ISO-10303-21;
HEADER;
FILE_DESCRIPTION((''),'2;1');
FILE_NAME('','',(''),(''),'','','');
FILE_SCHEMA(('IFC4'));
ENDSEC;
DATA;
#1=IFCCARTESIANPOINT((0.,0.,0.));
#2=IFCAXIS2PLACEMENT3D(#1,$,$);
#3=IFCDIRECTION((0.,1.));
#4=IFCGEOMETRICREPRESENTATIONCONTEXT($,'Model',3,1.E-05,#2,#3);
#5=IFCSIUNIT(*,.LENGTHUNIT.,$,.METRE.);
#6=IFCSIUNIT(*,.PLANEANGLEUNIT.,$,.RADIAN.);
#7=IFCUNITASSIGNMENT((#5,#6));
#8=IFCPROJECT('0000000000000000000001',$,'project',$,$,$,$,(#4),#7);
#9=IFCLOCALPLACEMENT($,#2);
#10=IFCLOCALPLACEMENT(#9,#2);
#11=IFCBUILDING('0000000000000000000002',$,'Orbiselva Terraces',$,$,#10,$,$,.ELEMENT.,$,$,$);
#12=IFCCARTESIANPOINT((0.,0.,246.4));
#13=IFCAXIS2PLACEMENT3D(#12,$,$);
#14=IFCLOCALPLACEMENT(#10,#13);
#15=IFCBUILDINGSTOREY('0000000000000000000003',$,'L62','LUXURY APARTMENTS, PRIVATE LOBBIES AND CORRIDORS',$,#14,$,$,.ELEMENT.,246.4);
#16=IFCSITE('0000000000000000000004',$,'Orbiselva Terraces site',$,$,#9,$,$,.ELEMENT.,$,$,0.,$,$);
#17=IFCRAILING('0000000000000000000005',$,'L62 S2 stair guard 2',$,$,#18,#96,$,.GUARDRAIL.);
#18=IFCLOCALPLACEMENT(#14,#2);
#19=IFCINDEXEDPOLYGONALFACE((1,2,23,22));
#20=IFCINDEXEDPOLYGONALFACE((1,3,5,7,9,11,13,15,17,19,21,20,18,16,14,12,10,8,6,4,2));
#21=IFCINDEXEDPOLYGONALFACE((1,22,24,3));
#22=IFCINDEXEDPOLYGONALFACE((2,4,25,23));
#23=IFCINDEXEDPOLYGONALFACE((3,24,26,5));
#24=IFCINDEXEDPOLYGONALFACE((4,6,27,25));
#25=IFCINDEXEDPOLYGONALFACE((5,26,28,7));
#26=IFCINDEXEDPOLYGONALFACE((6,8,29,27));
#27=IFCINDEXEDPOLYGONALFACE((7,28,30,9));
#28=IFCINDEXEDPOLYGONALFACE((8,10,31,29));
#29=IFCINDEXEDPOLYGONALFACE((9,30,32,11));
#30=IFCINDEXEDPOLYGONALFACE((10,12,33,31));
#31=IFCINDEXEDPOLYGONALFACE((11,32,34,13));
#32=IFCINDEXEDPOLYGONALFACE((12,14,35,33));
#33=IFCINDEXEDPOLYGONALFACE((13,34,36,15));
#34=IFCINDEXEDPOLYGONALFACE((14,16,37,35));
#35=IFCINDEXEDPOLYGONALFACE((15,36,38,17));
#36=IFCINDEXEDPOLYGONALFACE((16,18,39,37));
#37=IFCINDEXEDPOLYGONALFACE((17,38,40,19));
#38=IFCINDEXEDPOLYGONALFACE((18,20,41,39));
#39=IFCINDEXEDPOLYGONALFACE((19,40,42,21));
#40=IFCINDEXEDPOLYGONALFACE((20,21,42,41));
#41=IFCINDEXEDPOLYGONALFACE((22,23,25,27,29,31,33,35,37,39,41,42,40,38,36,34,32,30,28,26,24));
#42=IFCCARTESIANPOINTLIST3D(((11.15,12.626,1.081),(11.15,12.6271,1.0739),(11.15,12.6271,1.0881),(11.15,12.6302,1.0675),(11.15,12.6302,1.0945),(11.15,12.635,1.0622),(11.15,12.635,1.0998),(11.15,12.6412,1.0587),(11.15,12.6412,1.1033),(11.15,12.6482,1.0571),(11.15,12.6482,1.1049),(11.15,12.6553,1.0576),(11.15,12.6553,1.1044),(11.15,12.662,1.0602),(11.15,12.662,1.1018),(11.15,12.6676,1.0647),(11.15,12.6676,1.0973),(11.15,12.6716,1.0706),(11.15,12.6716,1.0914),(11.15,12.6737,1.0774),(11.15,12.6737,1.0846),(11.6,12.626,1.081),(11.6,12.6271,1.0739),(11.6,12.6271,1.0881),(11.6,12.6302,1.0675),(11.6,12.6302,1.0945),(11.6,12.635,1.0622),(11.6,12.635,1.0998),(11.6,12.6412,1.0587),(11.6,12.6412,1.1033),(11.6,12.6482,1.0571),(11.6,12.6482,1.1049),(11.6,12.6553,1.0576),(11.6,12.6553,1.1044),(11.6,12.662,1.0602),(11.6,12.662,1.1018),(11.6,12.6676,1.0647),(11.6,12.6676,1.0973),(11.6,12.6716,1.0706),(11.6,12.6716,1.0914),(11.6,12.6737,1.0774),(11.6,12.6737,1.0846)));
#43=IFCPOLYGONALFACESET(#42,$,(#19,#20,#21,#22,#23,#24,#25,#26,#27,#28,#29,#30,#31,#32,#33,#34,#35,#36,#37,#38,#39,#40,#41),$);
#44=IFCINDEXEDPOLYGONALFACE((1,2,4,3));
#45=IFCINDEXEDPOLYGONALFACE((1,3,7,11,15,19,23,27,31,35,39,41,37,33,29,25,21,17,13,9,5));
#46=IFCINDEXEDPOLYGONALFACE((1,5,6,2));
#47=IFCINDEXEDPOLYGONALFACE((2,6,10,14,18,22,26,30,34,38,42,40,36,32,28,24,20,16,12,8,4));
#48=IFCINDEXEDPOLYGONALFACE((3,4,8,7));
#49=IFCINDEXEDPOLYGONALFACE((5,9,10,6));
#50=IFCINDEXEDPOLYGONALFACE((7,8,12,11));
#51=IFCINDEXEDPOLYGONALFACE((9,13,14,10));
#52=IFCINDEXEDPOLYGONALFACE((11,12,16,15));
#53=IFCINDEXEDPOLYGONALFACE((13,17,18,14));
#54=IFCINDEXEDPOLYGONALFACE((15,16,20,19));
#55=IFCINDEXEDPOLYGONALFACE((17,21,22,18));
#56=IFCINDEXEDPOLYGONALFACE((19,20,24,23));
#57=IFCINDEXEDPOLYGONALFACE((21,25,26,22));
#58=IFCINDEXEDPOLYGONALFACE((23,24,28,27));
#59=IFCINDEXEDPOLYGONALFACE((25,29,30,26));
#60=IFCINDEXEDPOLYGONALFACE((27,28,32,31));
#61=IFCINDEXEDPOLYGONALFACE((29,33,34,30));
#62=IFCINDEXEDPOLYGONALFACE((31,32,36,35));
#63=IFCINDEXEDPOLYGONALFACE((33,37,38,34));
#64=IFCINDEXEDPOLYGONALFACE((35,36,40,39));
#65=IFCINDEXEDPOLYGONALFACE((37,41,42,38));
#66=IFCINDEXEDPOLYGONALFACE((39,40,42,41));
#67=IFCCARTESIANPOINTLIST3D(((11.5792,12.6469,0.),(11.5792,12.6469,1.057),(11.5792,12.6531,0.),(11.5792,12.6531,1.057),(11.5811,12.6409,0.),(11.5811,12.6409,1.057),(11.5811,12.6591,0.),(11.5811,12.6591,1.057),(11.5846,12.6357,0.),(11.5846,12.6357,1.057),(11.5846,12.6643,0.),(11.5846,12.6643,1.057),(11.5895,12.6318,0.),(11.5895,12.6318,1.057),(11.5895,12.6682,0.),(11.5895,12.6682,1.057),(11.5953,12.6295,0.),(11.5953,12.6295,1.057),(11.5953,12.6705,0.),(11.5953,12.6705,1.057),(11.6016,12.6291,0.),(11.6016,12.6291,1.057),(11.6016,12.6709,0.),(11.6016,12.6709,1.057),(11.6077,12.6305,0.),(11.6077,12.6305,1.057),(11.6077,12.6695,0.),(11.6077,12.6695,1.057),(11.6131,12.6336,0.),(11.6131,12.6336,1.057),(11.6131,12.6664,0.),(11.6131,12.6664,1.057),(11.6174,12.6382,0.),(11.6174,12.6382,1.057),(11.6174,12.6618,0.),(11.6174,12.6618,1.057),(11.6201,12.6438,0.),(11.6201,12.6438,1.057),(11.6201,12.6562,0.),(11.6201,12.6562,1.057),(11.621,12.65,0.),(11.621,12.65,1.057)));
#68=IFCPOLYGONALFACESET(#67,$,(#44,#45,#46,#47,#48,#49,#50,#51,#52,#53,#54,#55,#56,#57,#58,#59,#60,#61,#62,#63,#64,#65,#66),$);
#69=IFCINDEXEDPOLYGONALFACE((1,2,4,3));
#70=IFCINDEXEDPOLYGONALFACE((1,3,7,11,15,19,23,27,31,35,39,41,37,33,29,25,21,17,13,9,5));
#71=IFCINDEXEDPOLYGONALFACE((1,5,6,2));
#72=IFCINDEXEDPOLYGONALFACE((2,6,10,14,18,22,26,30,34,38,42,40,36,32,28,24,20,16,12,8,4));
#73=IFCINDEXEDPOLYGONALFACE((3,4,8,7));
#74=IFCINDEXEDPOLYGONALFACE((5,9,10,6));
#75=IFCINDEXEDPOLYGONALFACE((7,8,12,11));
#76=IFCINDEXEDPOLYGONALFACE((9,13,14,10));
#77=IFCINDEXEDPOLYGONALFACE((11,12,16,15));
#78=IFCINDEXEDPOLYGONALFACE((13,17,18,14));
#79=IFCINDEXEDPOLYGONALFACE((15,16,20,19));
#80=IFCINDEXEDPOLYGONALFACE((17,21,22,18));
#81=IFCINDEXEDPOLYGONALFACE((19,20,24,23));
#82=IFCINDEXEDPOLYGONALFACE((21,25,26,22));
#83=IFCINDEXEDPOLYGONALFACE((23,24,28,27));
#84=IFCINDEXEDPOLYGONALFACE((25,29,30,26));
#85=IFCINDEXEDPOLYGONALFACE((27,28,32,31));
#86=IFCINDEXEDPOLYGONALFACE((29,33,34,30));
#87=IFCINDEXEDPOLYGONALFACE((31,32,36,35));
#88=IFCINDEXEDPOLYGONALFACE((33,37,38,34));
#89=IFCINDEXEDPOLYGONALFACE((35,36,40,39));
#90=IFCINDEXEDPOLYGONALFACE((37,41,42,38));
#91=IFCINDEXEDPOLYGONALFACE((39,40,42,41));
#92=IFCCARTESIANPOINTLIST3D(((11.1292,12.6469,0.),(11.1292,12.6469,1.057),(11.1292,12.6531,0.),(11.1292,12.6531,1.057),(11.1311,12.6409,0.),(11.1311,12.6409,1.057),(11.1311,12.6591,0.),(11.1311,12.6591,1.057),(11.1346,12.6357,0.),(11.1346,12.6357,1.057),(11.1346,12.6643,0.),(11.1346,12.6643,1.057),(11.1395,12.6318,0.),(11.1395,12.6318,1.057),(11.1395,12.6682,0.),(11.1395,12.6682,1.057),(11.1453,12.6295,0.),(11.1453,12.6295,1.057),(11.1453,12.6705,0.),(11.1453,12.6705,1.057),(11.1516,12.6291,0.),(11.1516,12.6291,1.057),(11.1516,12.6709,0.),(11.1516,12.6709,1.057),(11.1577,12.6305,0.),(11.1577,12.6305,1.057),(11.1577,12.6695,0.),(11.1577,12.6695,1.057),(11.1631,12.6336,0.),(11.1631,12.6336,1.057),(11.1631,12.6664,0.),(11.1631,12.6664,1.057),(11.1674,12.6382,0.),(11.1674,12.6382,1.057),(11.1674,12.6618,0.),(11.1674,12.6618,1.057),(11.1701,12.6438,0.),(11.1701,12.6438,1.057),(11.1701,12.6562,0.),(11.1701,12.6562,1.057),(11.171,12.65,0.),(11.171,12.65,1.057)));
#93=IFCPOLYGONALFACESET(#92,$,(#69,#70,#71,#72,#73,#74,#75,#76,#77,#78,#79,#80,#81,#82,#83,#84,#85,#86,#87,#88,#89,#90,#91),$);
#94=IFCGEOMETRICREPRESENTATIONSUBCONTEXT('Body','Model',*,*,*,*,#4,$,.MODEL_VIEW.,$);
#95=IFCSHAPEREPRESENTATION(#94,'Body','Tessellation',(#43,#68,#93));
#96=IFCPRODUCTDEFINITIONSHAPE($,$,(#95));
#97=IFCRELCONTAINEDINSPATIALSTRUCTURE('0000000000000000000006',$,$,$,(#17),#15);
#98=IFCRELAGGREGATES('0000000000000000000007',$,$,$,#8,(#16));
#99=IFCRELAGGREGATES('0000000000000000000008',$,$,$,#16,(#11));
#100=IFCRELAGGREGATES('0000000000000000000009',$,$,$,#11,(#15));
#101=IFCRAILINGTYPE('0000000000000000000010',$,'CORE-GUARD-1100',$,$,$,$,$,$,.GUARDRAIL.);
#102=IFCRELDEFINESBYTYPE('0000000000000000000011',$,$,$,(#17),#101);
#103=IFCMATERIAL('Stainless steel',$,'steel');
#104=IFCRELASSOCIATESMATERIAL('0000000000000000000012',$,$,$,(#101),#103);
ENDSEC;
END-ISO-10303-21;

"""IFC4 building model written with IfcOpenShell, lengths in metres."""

from ifc_helpers import new_model, si_unit, direction, frame, origin, origin_2d, place, context, subcontext, project, spatial, circle, extrude, material, type_object, element, save


model = new_model("IFC4")

# Units and contexts
model_context = context("Model", 3, precision=1e-05, world=origin(), true_north=direction((0.0, 1.0)))
body_context = subcontext(model_context, "Body", "Model", "MODEL_VIEW")
ifc_project = project(units=[si_unit("LENGTHUNIT", "METRE"), si_unit("PLANEANGLEUNIT", "RADIAN")], contexts=[model_context])

# Site, building, storey
site_placement = place(None, origin())
site = spatial("IfcSite", under=ifc_project, at=site_placement, Name="Orbiselva Terraces site", CompositionType="ELEMENT", RefElevation=0.0)
building_placement = place(site_placement, origin())
building = spatial("IfcBuilding", under=site, at=building_placement, Name="Orbiselva Terraces", CompositionType="ELEMENT")
storey_placement = place(building_placement, frame((0.0, 0.0, 246.4)))
storey = spatial("IfcBuildingStorey", under=building, at=storey_placement, Name="L62", Description="LUXURY APARTMENTS, PRIVATE LOBBIES AND CORRIDORS", CompositionType="ELEMENT", Elevation=246.4)

# Railing
ifc_material_1 = material(Name="Stainless steel", Category="steel")
railing_type = type_object("IfcRailingType", Name="CORE-GUARD-1100", PredefinedType="GUARDRAIL", material=ifc_material_1)
railing_1_placement = place(storey_placement, frame((11.6, 12.65, 0.0)))
element("IfcRailing", 1, at=railing_1_placement, inside=storey, type_object=railing_type, Name="L62 S2 stair guard 2", PredefinedType="GUARDRAIL", context=body_context, shape_type="SweptSolid", body=[
    extrude(circle(Radius=0.024, at=origin_2d()), frame((0.0, 0.0, 1.081), z_axis=(-1.0, 0.0, 0.0), x_axis=(0.0, -1.0, 0.0)), (0.0, 0.0, 1.0), 0.45),
    extrude(circle(Radius=0.021, at=origin_2d()), origin(), (0.0, 0.0, 1.0), 1.057),
    extrude(circle(Radius=0.021, at=origin_2d()), frame((-0.45, 0.0, 0.0)), (0.0, 0.0, 1.0), 1.057),
])

save(model, "model.ifc")
